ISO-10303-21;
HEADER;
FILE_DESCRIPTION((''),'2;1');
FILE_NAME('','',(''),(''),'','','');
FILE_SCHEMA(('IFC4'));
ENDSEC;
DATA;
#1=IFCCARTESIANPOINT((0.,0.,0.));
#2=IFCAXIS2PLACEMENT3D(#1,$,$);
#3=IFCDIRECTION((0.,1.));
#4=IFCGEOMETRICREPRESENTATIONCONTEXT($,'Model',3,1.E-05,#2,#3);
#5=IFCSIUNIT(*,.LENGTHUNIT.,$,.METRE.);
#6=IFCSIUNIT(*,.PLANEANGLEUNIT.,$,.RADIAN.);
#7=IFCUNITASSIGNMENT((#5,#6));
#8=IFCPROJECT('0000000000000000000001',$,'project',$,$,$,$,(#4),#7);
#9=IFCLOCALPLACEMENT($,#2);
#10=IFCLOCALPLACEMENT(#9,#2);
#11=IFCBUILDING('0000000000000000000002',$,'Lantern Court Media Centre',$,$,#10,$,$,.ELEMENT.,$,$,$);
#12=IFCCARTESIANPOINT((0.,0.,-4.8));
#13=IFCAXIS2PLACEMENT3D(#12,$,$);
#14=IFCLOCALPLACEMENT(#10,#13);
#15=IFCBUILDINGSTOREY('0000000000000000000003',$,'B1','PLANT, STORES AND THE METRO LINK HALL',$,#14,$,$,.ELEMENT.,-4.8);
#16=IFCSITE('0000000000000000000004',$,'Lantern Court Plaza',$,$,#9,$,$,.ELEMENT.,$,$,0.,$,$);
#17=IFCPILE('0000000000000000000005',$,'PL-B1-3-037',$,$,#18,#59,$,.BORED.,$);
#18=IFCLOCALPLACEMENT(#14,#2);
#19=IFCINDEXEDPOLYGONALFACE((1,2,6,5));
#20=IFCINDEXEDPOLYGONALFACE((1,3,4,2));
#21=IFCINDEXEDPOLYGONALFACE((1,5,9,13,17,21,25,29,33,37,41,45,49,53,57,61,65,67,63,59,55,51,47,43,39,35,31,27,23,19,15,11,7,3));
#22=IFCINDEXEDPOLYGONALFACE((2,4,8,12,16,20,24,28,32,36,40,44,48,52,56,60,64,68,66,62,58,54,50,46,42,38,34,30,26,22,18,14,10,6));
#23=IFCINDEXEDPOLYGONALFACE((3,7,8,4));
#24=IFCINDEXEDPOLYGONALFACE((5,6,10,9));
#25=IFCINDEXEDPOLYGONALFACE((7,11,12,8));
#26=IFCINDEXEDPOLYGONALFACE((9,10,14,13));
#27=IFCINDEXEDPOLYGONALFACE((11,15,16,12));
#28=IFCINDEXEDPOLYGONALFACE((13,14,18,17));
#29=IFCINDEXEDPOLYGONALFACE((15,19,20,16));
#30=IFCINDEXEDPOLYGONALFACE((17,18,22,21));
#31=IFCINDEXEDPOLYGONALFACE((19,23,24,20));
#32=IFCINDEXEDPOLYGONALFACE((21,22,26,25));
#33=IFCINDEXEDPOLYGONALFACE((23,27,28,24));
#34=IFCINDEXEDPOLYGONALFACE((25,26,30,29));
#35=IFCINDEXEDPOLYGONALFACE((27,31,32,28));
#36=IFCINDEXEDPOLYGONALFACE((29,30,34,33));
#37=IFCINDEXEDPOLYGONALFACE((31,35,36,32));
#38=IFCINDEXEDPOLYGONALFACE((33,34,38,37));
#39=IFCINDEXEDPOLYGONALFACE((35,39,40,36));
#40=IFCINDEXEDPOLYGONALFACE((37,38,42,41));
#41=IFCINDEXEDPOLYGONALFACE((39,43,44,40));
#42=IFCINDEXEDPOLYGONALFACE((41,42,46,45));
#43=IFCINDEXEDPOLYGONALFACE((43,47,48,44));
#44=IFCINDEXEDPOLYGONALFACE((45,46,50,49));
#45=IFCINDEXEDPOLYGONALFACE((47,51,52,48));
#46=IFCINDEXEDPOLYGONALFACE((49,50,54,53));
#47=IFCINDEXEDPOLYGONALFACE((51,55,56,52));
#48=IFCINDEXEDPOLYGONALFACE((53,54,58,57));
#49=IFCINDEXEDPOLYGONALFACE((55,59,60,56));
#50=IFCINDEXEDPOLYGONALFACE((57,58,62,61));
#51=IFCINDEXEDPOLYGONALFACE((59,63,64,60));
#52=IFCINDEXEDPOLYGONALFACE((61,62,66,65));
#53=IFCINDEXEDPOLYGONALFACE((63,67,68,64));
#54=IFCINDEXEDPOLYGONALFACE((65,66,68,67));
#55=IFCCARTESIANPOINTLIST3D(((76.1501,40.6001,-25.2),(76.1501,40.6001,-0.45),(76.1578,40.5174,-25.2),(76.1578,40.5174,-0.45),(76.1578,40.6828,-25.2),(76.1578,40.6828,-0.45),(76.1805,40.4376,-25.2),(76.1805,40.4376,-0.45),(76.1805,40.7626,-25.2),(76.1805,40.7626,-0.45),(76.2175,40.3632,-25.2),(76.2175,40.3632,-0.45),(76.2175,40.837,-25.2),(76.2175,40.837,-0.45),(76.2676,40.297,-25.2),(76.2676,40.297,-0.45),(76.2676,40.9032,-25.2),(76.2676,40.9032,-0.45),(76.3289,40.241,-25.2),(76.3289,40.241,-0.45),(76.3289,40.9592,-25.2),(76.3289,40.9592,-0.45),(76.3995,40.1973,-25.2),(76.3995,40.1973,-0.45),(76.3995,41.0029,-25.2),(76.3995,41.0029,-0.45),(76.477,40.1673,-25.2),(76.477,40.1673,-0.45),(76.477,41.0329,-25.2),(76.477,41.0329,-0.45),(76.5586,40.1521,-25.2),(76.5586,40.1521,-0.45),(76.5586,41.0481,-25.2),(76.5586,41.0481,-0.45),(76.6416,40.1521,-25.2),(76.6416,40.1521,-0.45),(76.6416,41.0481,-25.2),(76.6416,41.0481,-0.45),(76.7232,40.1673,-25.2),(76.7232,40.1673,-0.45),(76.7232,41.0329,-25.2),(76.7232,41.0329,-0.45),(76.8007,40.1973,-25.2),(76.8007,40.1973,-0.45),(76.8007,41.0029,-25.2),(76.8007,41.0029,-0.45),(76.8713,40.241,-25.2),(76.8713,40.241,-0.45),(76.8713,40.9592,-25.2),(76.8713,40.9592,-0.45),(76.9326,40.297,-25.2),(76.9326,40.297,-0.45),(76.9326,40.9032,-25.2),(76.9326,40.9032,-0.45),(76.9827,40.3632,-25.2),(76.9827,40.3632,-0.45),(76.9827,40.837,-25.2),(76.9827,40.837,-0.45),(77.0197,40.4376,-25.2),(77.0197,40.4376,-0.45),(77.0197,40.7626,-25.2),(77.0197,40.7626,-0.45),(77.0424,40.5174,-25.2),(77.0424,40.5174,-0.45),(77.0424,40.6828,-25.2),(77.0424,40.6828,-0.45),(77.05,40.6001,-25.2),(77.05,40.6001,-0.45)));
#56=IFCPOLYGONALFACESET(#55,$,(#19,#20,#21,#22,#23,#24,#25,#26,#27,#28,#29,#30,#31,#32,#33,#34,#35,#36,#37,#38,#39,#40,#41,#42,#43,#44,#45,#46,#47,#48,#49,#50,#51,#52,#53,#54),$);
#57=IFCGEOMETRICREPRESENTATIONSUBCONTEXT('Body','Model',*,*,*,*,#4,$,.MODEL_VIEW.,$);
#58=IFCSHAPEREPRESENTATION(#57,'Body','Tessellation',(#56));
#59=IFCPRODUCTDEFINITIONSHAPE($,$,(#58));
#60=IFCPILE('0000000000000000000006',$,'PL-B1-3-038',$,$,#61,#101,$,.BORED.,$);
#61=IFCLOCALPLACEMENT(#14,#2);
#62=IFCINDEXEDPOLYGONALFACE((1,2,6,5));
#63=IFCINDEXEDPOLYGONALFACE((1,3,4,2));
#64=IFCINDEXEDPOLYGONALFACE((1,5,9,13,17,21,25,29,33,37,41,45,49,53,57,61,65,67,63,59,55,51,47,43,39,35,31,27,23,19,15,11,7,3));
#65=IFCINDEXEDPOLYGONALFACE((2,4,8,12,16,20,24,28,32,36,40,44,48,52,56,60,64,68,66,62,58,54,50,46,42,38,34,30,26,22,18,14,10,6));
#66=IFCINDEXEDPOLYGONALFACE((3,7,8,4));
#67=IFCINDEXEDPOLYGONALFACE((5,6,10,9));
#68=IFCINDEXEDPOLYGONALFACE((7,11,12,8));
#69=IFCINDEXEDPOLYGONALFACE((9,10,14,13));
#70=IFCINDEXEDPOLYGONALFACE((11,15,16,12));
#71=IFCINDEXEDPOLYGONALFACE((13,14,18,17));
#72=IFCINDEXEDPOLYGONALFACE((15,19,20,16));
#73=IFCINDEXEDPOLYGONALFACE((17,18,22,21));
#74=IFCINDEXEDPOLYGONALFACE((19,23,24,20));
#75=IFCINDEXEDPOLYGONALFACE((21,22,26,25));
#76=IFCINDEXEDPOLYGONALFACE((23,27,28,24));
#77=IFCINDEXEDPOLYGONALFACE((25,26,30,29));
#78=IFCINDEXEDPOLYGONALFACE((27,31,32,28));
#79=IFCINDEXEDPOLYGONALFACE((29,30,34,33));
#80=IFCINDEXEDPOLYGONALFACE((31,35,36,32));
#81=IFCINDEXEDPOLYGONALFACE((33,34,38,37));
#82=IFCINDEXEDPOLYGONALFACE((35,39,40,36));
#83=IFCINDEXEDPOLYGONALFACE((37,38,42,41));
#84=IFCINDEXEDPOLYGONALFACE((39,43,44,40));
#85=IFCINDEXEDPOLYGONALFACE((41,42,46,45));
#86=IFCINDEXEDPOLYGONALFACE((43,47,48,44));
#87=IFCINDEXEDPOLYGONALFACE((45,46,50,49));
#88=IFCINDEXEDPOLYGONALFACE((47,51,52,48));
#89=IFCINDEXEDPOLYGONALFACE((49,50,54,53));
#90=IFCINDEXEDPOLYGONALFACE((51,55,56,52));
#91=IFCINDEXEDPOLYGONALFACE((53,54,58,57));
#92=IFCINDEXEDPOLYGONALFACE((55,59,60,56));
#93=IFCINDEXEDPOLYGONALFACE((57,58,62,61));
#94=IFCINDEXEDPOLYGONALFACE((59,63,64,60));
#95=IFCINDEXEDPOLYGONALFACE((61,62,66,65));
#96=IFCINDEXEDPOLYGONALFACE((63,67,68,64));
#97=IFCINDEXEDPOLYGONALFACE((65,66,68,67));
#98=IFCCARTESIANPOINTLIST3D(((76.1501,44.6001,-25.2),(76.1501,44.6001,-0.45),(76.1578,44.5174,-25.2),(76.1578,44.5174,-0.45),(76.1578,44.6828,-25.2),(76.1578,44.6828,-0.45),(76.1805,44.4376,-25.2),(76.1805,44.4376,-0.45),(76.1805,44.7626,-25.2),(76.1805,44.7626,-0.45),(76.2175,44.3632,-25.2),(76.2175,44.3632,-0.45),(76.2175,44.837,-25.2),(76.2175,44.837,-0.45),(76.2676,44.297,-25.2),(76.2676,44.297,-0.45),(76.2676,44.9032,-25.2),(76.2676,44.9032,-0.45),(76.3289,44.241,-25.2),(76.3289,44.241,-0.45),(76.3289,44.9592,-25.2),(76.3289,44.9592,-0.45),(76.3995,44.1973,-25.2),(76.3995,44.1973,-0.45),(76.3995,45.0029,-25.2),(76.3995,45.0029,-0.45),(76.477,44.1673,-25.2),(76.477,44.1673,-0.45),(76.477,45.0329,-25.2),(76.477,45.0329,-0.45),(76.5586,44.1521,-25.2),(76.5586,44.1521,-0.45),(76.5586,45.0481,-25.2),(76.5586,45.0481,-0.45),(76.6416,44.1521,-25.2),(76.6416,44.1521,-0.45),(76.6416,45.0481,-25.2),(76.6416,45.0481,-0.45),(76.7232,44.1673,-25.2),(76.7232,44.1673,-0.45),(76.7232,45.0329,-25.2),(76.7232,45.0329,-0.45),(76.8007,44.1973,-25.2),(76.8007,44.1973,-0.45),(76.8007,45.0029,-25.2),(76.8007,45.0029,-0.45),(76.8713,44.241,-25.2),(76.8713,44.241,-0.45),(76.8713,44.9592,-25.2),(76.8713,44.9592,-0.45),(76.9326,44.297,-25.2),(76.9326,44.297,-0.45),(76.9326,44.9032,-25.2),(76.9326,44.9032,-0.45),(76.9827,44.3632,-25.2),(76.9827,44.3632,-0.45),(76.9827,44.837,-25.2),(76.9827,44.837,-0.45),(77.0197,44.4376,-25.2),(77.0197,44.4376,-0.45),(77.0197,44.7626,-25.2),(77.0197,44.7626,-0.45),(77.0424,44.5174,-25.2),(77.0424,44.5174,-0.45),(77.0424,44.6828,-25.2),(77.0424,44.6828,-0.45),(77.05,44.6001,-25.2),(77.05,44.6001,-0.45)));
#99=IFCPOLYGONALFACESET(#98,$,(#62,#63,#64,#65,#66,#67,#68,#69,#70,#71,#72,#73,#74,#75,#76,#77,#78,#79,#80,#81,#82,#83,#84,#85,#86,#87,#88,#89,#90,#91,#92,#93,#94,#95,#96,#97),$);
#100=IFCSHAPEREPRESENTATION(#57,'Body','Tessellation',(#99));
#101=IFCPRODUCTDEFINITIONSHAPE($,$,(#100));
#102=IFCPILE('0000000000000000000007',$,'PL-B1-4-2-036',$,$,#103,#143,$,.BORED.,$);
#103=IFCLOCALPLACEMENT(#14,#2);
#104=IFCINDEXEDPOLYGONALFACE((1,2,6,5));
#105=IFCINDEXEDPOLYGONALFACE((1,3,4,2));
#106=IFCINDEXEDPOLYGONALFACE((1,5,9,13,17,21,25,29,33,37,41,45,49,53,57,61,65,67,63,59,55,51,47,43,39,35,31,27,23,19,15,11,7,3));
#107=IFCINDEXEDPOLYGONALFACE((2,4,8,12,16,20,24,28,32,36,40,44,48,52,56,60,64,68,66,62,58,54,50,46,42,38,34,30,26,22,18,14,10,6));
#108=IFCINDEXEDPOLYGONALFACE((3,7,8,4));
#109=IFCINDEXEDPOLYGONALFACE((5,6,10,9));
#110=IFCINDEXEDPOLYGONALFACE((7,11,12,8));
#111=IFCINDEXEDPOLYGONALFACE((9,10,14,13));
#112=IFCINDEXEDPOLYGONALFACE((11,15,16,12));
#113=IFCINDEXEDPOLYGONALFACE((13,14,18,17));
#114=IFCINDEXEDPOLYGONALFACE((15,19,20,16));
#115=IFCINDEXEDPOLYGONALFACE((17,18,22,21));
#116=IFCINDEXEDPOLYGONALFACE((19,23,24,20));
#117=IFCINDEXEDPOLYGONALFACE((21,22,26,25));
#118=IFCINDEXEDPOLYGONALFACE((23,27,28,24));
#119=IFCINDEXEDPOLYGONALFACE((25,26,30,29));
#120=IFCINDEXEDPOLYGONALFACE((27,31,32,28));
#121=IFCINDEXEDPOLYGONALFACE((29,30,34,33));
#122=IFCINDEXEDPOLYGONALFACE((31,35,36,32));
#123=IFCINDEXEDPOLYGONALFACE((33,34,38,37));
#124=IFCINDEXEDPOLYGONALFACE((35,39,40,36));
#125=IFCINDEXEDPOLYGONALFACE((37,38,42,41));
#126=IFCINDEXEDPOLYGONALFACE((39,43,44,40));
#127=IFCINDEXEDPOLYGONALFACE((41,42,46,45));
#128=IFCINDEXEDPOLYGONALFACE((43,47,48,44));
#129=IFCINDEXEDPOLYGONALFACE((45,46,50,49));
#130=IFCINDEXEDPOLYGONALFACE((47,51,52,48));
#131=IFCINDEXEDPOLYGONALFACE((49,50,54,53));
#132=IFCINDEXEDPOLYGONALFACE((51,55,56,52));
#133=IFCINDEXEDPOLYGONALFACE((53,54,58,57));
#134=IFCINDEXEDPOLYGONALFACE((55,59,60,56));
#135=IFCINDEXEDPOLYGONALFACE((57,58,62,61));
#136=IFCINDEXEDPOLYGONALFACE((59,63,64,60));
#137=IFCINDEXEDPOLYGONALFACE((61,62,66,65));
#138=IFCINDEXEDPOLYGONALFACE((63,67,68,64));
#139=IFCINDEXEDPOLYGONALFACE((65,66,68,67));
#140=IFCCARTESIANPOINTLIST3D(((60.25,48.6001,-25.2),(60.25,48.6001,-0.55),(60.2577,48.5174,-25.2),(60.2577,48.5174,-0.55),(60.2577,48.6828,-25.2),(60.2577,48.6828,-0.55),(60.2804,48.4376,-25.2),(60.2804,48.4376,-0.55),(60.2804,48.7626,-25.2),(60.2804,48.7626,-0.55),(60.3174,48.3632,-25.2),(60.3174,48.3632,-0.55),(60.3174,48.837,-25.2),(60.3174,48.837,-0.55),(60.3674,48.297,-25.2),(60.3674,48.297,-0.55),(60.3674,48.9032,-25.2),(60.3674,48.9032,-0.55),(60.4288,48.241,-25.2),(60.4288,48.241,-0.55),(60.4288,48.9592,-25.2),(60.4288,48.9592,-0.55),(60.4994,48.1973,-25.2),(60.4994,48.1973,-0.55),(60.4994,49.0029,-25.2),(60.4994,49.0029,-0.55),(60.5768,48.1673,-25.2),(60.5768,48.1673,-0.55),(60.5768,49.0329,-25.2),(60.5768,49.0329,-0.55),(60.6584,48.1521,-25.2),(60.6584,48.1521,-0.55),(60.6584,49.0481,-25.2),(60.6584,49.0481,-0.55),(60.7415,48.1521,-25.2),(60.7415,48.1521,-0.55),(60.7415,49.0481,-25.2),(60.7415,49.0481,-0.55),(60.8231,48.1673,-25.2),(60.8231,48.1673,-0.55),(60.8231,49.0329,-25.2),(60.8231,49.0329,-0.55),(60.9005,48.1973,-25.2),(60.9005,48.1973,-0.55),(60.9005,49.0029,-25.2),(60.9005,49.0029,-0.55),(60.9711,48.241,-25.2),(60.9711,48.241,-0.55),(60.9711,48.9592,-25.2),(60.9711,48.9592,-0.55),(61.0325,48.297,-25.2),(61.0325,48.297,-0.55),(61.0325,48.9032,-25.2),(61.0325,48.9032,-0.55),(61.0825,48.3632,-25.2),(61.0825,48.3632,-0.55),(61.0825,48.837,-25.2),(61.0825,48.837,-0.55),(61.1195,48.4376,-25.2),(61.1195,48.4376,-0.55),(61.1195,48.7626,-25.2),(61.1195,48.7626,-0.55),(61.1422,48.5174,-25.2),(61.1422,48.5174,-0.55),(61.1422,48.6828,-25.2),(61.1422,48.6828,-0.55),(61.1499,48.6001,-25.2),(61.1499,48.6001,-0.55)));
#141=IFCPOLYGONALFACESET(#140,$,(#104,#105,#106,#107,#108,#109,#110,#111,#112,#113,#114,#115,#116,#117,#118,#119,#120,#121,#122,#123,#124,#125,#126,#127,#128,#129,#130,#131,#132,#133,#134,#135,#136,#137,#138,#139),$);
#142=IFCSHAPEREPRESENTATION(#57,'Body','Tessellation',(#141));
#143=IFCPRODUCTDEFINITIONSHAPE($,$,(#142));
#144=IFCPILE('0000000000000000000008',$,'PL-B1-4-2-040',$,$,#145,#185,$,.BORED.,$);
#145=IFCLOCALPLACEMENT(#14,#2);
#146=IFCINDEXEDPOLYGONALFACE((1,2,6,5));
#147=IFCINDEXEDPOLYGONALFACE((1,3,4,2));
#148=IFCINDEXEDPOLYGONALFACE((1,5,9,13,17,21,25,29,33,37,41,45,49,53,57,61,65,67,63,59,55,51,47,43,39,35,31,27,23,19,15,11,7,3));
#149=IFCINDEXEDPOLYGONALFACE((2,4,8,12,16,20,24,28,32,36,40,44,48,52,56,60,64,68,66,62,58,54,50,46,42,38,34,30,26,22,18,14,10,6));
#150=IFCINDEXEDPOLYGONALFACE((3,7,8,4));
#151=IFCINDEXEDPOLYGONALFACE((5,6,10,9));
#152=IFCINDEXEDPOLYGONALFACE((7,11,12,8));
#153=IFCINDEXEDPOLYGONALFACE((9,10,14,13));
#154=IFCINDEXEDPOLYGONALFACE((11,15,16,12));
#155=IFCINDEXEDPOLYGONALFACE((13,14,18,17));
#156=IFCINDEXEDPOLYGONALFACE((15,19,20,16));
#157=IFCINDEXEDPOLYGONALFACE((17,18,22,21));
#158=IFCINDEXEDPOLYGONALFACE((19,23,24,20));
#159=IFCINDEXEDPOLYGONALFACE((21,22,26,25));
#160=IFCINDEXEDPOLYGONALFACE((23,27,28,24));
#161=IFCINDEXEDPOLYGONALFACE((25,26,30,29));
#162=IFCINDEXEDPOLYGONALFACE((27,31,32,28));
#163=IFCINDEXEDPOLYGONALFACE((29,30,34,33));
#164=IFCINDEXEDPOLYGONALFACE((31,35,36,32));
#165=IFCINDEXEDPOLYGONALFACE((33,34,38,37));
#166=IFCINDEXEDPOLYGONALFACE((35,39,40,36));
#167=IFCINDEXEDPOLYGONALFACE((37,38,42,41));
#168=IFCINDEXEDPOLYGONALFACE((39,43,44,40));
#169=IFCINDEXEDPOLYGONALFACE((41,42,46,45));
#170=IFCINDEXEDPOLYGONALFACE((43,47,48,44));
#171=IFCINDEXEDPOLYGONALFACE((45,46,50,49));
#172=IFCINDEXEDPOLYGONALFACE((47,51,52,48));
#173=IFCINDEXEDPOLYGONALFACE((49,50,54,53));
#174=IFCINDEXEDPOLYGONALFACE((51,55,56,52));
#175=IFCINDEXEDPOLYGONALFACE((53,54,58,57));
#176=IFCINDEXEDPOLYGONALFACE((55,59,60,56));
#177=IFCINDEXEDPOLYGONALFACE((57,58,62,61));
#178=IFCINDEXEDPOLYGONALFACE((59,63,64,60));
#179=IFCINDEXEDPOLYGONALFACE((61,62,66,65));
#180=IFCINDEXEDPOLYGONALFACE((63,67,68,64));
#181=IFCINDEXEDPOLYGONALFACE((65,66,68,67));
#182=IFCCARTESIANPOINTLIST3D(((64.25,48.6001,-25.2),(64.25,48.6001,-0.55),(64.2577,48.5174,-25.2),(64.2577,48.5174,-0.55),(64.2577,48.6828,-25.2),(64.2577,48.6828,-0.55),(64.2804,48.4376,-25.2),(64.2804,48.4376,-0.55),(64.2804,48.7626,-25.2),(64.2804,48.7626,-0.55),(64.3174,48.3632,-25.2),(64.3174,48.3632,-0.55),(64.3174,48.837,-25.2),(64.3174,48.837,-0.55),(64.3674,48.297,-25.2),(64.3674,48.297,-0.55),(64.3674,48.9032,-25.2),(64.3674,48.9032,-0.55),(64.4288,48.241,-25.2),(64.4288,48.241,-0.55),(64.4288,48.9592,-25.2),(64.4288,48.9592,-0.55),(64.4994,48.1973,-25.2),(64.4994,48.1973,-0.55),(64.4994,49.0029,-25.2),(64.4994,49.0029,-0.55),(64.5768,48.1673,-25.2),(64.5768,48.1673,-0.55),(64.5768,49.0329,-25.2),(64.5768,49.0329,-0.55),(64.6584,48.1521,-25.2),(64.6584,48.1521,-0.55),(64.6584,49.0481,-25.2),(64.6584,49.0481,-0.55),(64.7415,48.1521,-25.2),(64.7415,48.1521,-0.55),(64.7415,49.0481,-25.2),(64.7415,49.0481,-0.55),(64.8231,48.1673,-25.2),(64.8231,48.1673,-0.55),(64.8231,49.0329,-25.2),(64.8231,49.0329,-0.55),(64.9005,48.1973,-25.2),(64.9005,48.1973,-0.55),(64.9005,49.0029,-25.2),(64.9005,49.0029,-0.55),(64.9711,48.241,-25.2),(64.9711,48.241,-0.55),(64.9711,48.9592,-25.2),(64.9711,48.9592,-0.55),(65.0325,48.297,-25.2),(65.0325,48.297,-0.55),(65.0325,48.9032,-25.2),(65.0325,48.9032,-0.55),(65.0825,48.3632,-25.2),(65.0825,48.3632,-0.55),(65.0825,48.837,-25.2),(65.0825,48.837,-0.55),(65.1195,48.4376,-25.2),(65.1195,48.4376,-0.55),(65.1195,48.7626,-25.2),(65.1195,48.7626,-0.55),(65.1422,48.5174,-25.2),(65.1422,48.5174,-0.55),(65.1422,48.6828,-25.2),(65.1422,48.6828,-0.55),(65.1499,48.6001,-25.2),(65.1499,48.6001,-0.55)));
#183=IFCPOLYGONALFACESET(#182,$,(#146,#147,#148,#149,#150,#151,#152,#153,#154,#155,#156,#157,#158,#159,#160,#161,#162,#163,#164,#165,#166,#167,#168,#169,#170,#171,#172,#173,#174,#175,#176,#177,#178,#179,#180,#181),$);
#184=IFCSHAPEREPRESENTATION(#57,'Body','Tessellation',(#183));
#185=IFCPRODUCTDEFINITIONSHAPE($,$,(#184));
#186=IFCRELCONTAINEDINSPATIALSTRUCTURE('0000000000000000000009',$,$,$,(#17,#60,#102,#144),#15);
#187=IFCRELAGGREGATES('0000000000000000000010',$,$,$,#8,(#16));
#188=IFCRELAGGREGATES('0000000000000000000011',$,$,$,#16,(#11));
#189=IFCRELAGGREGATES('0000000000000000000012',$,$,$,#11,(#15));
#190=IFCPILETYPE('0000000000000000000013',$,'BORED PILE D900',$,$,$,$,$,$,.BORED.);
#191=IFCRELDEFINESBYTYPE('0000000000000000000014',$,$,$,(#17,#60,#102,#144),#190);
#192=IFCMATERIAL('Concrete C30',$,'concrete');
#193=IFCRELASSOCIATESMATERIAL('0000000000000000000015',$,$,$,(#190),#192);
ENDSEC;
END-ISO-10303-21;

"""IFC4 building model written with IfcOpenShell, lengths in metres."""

from ifc_helpers import new_model, si_unit, direction, frame, origin, origin_2d, place, context, subcontext, project, spatial, circle, extrude, material, material_profile, profile_set, type_object, element, save


model = new_model("IFC4")

# Units and contexts
model_context = context("Model", 3, precision=1e-05, world=origin(), true_north=direction((0.0, 1.0)))
body_context = subcontext(model_context, "Body", "Model", "MODEL_VIEW")
ifc_project = project(units=[si_unit("LENGTHUNIT", "METRE"), si_unit("PLANEANGLEUNIT", "RADIAN")], contexts=[model_context])

# Site, building, storey
site_placement = place(None, origin())
site = spatial("IfcSite", under=ifc_project, at=site_placement, Name="Lantern Court Plaza", CompositionType="ELEMENT", RefElevation=0.0)
building_placement = place(site_placement, origin())
building = spatial("IfcBuilding", under=site, at=building_placement, Name="Lantern Court Media Centre", CompositionType="ELEMENT")
storey_placement = place(building_placement, frame((0.0, 0.0, -4.8)))
storey = spatial("IfcBuildingStorey", under=building, at=storey_placement, Name="B1", Description="PLANT, STORES AND THE METRO LINK HALL", CompositionType="ELEMENT", Elevation=-4.8)

# Piles
ifc_material_1 = material(Name="Concrete C30", Category="concrete")
ifc_material_profile_1 = material_profile(ifc_material_1, circle(Radius=0.45, at=origin_2d()), Name="D900")
ifc_profile_set_1 = profile_set([ifc_material_profile_1], Name="Concrete C30")
pile_type = type_object("IfcPileType", Name="BORED PILE D900", PredefinedType="BORED", material=ifc_profile_set_1)
for number, where, z_axis, x_axis, name in (
    (1, (76.6001, 40.6001, -0.45), (0.0, 0.0, -1.0), (1.0, 0.0, 0.0), "PL-B1-3-037"),
    (2, (76.6001, 44.6001, -0.45), (0.0, 0.0, -1.0), (1.0, 0.0, 0.0), "PL-B1-3-038"),
):
    element("IfcPile", number, at=place(storey_placement, frame(where, z_axis=z_axis, x_axis=x_axis)), inside=storey, type_object=pile_type, Name=name, PredefinedType="BORED", context=body_context, shape_type="SweptSolid", body=[
        extrude(circle(Radius=0.45, at=origin_2d()), origin(), (0.0, 0.0, 1.0), 24.75),
    ])
for number, where, z_axis, x_axis, name in (
    (3, (60.7, 48.6001, -0.55), (0.0, 0.0, -1.0), (1.0, 0.0, 0.0), "PL-B1-4-2-036"),
    (4, (64.7, 48.6001, -0.55), (0.0, 0.0, -1.0), (1.0, 0.0, 0.0), "PL-B1-4-2-040"),
):
    element("IfcPile", number, at=place(storey_placement, frame(where, z_axis=z_axis, x_axis=x_axis)), inside=storey, type_object=pile_type, Name=name, PredefinedType="BORED", context=body_context, shape_type="SweptSolid", body=[
        extrude(circle(Radius=0.45, at=origin_2d()), origin(), (0.0, 0.0, 1.0), 24.6499),
    ])

save(model, "model.ifc")
